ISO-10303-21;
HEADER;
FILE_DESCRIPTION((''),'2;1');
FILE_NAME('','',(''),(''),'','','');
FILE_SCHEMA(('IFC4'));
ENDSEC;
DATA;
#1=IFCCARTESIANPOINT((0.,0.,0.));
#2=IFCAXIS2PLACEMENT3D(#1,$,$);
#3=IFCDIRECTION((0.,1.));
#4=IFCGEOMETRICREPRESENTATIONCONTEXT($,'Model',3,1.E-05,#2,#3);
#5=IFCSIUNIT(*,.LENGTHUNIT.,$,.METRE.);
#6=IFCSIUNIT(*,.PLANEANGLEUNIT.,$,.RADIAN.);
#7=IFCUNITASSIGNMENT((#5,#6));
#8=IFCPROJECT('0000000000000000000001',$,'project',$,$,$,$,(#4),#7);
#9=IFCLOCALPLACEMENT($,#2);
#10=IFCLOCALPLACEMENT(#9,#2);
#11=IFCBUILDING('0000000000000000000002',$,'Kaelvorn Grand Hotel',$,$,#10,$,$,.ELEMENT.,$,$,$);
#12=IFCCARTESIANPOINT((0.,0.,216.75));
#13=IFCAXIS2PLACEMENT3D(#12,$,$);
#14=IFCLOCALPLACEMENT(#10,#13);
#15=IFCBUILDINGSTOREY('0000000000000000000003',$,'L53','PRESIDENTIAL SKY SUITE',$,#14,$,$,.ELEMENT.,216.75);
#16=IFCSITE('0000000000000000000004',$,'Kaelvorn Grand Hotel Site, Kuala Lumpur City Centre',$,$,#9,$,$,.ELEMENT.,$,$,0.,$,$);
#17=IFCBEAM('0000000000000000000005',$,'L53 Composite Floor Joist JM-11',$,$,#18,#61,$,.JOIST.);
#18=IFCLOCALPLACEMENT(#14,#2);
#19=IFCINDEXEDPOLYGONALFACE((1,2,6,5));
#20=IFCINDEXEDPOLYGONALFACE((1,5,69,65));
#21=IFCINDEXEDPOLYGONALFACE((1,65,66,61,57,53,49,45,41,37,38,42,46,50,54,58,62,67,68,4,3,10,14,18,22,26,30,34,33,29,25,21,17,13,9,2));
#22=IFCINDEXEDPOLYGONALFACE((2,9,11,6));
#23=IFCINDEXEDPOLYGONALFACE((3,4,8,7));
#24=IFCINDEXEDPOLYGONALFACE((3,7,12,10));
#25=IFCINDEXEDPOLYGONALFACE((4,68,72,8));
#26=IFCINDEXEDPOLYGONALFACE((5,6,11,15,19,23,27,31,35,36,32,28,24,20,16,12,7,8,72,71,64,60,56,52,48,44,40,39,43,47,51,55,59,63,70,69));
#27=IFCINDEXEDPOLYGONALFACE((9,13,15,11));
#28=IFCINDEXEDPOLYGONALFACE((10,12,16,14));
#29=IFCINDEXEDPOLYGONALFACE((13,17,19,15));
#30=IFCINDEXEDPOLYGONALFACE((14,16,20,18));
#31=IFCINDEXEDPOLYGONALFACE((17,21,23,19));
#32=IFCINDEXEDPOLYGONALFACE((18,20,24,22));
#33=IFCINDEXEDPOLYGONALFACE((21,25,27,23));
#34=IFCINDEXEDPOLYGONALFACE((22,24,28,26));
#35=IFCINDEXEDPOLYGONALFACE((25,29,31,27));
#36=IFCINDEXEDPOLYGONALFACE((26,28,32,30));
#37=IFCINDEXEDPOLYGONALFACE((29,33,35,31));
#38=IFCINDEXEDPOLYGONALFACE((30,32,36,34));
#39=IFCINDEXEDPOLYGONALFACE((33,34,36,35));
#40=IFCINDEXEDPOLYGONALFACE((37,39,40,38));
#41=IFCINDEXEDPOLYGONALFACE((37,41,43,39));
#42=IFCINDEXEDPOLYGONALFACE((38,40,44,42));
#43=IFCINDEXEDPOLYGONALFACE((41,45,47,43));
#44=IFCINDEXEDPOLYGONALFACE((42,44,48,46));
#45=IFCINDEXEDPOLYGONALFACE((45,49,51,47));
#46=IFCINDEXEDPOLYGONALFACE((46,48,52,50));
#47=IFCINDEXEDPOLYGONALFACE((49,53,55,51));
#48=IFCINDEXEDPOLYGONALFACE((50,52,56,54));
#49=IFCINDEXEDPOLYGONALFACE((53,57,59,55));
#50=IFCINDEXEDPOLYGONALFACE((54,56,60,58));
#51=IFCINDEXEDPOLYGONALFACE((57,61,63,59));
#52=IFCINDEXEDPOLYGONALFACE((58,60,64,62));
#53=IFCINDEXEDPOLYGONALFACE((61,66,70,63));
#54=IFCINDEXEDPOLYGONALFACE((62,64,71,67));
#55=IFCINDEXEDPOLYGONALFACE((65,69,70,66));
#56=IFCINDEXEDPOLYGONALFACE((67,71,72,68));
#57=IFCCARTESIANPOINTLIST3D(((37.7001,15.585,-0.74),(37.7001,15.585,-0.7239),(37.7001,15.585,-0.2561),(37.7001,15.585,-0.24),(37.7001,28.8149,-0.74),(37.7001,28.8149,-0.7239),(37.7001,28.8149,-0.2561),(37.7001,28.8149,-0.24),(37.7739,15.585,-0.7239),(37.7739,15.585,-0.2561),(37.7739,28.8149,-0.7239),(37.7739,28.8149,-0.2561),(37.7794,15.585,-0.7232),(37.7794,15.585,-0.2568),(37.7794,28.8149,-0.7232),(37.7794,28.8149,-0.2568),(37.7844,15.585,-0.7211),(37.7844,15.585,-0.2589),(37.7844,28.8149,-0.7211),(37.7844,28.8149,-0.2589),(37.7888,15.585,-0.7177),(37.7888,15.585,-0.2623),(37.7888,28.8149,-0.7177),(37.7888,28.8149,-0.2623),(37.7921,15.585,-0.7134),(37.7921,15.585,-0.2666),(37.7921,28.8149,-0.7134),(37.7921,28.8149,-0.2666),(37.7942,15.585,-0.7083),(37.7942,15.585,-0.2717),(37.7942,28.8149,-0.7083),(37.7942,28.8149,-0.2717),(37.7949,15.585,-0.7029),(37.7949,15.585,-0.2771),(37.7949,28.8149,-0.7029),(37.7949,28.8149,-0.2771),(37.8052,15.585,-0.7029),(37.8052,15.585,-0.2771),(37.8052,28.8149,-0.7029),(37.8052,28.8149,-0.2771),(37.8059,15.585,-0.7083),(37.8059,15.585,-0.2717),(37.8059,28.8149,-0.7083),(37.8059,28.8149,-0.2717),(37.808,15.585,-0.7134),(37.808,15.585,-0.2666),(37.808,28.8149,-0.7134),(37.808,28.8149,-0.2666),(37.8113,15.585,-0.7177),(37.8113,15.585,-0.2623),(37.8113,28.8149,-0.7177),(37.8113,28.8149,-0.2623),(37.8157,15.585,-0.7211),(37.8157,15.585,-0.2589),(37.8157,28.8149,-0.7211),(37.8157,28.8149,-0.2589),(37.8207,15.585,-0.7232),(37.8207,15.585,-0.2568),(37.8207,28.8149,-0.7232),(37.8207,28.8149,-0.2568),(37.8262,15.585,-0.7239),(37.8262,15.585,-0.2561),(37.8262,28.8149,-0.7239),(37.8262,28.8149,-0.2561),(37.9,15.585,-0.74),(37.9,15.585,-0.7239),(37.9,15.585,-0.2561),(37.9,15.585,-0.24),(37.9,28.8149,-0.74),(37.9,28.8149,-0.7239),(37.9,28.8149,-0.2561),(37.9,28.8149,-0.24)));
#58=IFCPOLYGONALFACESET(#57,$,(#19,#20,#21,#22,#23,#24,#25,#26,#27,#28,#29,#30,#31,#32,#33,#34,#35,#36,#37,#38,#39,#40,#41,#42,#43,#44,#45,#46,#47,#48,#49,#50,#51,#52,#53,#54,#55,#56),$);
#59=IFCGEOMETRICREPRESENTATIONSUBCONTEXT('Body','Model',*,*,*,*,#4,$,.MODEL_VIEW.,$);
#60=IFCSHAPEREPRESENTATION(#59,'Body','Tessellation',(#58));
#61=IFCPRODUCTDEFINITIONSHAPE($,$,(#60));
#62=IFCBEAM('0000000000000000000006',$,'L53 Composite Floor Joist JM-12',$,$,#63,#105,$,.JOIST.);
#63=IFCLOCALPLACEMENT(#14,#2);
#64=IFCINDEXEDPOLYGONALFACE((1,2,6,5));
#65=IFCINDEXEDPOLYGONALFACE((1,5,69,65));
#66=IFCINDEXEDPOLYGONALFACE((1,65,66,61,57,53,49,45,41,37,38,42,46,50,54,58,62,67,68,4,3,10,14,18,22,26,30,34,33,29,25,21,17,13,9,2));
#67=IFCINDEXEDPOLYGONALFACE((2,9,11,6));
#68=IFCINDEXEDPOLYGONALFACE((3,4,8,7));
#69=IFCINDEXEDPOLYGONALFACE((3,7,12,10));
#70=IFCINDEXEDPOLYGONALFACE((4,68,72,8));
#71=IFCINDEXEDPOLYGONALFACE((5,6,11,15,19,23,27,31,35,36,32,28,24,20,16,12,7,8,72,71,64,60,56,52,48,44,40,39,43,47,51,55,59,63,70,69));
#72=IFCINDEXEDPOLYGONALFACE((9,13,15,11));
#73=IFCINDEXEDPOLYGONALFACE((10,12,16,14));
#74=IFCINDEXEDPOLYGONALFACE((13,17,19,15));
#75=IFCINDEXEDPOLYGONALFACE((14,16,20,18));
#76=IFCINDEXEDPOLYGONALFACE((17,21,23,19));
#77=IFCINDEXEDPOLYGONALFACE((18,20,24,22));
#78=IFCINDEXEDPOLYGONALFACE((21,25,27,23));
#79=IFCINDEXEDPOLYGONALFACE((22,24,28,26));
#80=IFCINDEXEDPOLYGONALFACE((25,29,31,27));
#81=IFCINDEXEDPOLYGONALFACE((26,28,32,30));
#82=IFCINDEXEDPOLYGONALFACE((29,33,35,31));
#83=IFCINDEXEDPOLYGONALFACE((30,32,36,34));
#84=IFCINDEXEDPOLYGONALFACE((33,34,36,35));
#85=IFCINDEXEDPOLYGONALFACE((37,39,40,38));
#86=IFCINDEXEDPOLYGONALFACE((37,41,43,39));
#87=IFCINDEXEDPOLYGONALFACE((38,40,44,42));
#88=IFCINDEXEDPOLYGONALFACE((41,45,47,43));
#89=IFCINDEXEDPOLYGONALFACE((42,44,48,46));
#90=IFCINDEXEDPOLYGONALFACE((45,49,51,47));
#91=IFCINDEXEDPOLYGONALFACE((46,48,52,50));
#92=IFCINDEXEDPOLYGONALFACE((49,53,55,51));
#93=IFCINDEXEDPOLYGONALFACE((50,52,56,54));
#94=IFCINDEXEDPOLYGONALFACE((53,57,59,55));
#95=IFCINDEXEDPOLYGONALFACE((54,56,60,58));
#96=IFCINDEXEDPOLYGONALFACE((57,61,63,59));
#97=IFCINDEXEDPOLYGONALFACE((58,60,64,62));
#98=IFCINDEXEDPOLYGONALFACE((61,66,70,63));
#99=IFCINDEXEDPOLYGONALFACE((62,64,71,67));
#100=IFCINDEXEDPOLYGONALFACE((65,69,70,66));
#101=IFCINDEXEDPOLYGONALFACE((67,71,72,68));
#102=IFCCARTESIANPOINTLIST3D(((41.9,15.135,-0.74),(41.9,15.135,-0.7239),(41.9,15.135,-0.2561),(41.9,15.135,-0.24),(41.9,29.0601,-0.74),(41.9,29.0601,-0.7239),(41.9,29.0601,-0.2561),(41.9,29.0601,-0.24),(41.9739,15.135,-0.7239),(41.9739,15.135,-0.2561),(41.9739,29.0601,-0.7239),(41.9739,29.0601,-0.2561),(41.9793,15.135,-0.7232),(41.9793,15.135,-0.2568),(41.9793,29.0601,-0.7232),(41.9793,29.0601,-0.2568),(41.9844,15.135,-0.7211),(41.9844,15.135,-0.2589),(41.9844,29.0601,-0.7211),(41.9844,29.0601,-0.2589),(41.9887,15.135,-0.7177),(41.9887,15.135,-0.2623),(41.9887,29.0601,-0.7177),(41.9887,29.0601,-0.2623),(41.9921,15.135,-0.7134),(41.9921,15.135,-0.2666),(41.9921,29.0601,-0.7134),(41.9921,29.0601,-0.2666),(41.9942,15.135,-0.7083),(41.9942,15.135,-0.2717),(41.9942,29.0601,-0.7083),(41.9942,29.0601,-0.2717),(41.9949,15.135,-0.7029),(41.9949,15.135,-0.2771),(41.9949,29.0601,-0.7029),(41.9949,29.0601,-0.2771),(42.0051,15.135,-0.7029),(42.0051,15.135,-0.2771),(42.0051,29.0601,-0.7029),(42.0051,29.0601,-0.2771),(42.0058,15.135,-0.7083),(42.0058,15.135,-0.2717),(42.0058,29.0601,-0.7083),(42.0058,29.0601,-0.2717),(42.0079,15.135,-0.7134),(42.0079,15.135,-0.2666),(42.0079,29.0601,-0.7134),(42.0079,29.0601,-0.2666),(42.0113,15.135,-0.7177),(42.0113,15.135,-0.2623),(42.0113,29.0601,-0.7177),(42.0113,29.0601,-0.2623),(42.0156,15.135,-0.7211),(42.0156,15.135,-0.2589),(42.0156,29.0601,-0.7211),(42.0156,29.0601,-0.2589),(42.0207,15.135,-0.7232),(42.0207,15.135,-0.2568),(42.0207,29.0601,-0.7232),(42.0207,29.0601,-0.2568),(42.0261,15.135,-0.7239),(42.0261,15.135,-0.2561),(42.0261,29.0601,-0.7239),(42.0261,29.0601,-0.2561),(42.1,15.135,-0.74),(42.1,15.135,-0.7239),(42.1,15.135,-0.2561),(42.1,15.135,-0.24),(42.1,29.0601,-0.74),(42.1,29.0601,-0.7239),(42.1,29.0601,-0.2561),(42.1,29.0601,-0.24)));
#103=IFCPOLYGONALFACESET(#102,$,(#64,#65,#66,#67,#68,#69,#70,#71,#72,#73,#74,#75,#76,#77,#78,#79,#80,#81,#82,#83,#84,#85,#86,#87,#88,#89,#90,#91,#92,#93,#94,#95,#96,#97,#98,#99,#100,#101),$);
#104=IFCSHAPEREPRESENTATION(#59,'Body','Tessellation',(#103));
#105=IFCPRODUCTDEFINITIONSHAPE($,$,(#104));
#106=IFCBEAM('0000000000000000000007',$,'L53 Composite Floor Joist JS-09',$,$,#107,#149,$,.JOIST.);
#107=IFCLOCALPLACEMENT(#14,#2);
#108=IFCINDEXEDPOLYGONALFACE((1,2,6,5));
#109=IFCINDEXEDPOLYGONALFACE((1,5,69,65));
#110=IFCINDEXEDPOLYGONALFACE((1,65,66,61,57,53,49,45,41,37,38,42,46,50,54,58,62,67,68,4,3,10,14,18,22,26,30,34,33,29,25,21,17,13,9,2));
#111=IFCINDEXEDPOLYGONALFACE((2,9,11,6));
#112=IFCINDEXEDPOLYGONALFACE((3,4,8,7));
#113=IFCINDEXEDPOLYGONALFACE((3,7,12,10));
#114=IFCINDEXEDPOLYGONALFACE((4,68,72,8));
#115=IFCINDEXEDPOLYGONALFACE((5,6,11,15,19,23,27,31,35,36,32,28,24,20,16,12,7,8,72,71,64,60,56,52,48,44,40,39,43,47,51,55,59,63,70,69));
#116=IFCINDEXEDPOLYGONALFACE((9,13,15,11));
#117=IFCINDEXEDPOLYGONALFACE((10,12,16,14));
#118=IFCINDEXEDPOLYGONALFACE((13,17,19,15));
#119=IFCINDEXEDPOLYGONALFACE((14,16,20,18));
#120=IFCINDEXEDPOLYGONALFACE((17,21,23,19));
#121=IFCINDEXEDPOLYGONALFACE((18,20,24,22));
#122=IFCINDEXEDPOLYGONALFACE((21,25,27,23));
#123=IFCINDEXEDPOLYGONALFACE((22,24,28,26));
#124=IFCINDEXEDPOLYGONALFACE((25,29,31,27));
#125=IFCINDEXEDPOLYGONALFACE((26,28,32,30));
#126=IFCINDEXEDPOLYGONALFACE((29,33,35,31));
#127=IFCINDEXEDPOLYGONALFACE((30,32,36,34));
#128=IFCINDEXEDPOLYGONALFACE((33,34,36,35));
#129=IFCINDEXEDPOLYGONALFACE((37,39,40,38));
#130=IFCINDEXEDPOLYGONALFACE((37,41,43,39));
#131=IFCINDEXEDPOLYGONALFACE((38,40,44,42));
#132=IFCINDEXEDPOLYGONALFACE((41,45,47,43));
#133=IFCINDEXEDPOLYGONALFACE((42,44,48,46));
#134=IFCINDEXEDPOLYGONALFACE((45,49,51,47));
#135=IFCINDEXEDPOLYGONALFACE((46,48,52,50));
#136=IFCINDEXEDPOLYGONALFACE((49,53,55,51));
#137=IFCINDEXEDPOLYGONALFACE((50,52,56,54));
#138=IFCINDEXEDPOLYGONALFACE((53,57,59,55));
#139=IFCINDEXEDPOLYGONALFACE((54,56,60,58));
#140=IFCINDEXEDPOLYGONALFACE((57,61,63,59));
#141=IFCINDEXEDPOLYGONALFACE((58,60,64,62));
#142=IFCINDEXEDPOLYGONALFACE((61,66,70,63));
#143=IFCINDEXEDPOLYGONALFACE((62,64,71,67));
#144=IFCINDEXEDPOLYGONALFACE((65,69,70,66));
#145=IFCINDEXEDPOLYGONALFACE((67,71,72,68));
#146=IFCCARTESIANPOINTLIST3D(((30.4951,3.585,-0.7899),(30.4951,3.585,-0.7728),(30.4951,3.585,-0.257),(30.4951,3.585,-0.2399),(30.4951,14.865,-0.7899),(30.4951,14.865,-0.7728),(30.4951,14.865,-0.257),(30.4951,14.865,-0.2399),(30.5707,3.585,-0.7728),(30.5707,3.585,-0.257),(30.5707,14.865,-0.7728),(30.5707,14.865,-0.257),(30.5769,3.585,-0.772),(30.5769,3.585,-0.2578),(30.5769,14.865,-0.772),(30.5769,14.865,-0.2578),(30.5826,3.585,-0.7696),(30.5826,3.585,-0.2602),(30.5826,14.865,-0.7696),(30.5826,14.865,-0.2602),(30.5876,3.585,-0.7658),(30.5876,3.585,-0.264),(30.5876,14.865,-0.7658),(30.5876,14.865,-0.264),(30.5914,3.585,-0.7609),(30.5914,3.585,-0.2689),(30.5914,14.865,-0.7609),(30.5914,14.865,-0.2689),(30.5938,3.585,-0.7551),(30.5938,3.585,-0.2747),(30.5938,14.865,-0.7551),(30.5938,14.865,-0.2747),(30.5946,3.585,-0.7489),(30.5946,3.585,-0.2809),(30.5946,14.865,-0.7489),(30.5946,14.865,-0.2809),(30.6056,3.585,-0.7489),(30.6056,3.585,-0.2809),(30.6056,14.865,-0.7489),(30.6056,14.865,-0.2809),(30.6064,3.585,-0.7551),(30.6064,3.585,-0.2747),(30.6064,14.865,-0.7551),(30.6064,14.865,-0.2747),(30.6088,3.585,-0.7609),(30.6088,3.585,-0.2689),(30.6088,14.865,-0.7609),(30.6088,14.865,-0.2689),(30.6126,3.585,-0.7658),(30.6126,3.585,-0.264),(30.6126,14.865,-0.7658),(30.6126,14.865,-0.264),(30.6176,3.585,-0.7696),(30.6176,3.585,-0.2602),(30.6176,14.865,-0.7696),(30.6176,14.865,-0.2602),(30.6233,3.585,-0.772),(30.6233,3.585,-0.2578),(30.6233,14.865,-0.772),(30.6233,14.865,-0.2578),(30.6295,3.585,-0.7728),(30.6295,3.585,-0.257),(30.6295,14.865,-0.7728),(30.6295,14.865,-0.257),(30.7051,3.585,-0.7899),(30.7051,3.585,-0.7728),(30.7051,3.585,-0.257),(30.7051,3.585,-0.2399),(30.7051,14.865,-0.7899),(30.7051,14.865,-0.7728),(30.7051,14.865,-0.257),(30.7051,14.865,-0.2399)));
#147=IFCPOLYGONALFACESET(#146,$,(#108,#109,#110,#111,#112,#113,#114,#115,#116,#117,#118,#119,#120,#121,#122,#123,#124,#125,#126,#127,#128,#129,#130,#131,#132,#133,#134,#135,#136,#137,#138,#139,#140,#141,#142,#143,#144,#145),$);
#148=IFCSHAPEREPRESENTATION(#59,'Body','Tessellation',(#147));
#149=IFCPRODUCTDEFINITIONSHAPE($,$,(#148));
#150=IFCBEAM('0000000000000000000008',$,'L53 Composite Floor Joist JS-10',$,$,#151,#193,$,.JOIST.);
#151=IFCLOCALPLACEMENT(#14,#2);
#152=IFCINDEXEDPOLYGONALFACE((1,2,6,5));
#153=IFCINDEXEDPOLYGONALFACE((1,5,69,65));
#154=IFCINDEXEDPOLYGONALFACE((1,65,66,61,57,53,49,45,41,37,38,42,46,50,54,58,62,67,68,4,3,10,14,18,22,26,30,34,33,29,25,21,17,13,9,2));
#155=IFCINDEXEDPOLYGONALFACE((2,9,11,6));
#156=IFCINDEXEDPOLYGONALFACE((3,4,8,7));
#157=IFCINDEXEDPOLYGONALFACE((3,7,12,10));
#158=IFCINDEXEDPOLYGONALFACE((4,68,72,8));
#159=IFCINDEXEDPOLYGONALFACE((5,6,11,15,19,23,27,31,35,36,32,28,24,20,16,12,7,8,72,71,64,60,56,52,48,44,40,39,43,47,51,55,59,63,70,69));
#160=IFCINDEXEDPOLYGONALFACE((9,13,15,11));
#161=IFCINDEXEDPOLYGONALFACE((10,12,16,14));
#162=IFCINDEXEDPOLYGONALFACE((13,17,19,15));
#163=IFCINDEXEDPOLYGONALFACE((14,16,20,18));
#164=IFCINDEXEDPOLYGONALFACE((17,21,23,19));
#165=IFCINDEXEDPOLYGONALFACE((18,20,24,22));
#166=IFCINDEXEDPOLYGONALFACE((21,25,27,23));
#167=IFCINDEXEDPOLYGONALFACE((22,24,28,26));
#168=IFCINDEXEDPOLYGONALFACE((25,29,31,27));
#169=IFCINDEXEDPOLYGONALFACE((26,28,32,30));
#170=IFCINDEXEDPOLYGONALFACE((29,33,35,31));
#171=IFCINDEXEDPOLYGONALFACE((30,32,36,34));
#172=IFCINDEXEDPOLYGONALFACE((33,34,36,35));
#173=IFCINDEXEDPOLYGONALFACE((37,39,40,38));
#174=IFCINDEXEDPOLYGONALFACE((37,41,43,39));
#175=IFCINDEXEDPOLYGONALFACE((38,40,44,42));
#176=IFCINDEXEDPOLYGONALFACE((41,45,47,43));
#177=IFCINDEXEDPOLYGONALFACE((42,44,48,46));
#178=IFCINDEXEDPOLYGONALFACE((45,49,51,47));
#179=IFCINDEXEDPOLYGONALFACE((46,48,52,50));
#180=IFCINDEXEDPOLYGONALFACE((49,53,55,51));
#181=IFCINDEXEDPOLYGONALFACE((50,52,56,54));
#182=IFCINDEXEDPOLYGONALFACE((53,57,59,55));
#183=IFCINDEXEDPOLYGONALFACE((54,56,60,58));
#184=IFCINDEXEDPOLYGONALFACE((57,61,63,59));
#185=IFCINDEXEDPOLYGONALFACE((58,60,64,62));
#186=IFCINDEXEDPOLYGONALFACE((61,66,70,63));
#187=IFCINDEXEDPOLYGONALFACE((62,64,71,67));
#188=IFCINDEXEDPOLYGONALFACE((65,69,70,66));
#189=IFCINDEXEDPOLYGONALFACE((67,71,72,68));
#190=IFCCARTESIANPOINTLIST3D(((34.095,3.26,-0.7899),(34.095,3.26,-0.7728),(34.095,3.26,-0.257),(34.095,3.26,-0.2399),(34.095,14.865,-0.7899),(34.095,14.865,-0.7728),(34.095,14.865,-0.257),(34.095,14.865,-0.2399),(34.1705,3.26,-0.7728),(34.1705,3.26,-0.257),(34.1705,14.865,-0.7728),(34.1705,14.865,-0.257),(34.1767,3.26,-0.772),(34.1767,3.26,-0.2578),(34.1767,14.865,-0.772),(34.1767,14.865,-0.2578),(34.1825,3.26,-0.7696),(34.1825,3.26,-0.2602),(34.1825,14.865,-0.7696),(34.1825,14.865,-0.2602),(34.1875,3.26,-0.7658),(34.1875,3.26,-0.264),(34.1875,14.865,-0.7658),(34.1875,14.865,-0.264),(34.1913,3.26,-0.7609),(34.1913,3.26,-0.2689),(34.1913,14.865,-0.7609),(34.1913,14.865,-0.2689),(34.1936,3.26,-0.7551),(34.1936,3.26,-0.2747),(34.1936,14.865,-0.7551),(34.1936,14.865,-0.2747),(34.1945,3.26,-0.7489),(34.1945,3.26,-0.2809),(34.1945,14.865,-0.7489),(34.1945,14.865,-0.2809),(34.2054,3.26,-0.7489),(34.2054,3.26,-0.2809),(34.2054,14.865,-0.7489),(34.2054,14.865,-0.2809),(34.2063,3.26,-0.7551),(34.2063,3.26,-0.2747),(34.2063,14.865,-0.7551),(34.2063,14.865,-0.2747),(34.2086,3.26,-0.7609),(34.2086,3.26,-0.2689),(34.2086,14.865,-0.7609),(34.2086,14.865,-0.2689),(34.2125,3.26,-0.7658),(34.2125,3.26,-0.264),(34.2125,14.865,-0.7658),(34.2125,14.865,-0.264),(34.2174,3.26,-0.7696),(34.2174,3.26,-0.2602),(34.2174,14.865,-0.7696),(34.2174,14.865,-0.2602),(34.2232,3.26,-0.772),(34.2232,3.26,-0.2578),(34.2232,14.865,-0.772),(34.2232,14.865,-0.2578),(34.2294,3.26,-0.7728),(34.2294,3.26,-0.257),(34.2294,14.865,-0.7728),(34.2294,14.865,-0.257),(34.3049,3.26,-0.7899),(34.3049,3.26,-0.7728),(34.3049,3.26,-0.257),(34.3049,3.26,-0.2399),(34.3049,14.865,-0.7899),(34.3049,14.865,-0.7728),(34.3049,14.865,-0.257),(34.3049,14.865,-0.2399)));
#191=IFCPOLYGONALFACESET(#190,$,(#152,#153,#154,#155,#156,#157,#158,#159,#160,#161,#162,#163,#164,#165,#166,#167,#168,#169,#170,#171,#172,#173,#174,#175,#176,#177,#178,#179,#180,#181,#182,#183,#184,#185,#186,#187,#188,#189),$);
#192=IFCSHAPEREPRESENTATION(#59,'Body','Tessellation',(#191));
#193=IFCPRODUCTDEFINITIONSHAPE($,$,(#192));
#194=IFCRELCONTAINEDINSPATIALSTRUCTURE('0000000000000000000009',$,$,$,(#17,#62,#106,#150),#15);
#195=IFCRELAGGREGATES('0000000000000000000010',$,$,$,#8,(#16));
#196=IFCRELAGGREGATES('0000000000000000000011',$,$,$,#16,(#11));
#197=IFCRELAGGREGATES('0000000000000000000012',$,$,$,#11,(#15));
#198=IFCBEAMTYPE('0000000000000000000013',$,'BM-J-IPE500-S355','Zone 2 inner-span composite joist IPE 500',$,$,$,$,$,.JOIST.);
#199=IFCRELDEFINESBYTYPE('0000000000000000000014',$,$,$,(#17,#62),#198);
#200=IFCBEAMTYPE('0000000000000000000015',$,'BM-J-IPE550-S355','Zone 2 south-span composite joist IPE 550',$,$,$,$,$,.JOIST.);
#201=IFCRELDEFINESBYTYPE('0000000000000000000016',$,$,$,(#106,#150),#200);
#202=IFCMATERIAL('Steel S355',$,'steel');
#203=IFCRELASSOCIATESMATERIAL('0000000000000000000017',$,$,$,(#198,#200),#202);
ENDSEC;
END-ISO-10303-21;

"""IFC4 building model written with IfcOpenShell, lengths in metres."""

from ifc_helpers import new_model, si_unit, direction, frame, origin, origin_2d, place, context, subcontext, project, spatial, i_section, extrude, material, material_profile, profile_set, type_object, element, save


model = new_model("IFC4")

# Units and contexts
model_context = context("Model", 3, precision=1e-05, world=origin(), true_north=direction((0.0, 1.0)))
body_context = subcontext(model_context, "Body", "Model", "MODEL_VIEW")
ifc_project = project(units=[si_unit("LENGTHUNIT", "METRE"), si_unit("PLANEANGLEUNIT", "RADIAN")], contexts=[model_context])

# Site, building, storey
site_placement = place(None, origin())
site = spatial("IfcSite", under=ifc_project, at=site_placement, Name="Kaelvorn Grand Hotel Site, Kuala Lumpur City Centre", CompositionType="ELEMENT", RefElevation=0.0)
building_placement = place(site_placement, origin())
building = spatial("IfcBuilding", under=site, at=building_placement, Name="Kaelvorn Grand Hotel", CompositionType="ELEMENT")
storey_placement = place(building_placement, frame((0.0, 0.0, 216.75)))
storey = spatial("IfcBuildingStorey", under=building, at=storey_placement, Name="L53", Description="PRESIDENTIAL SKY SUITE", CompositionType="ELEMENT", Elevation=216.75)

# Beams
ifc_material_1 = material(Name="Steel S355", Category="steel")
ifc_material_profile_1 = material_profile(ifc_material_1, i_section(OverallWidth=0.2, OverallDepth=0.5, WebThickness=0.0103, FlangeThickness=0.0161, FilletRadius=0.021, at=origin_2d()), Name="IPE 500")
ifc_profile_set_1 = profile_set([ifc_material_profile_1], Name="Steel S355")
beam_type_1 = type_object("IfcBeamType", Name="BM-J-IPE500-S355", Description="Zone 2 inner-span composite joist IPE 500", PredefinedType="JOIST", material=ifc_profile_set_1)
beam_1_placement = place(storey_placement, frame((37.8, 15.585, -0.49), z_axis=(0.0, 1.0, 0.0), x_axis=(-1.0, 0.0, 0.0)))
element("IfcBeam", 1, at=beam_1_placement, inside=storey, type_object=beam_type_1, Name="L53 Composite Floor Joist JM-11", PredefinedType="JOIST", context=body_context, shape_type="SweptSolid", body=[
    extrude(i_section(OverallWidth=0.2, OverallDepth=0.5, WebThickness=0.0103, FlangeThickness=0.0161, FilletRadius=0.021, at=origin_2d()), origin(), (0.0, 0.0, 1.0), 13.23),
])
beam_2_placement = place(storey_placement, frame((42.0, 15.135, -0.49), z_axis=(0.0, 1.0, 0.0), x_axis=(-1.0, 0.0, 0.0)))
element("IfcBeam", 2, at=beam_2_placement, inside=storey, type_object=beam_type_1, Name="L53 Composite Floor Joist JM-12", PredefinedType="JOIST", context=body_context, shape_type="SweptSolid", body=[
    extrude(i_section(OverallWidth=0.2, OverallDepth=0.5, WebThickness=0.0103, FlangeThickness=0.0161, FilletRadius=0.021, at=origin_2d()), origin(), (0.0, 0.0, 1.0), 13.925),
])
ifc_material_profile_2 = material_profile(ifc_material_1, i_section(OverallWidth=0.21, OverallDepth=0.55, WebThickness=0.011, FlangeThickness=0.0171, FilletRadius=0.0239, at=origin_2d()), Name="IPE 550")
ifc_profile_set_2 = profile_set([ifc_material_profile_2], Name="Steel S355")
beam_type_2 = type_object("IfcBeamType", Name="BM-J-IPE550-S355", Description="Zone 2 south-span composite joist IPE 550", PredefinedType="JOIST", material=ifc_profile_set_2)
beam_3_placement = place(storey_placement, frame((30.6001, 3.585, -0.5149), z_axis=(0.0, 1.0, 0.0), x_axis=(-1.0, 0.0, 0.0)))
element("IfcBeam", 3, at=beam_3_placement, inside=storey, type_object=beam_type_2, Name="L53 Composite Floor Joist JS-09", PredefinedType="JOIST", context=body_context, shape_type="SweptSolid", body=[
    extrude(i_section(OverallWidth=0.21, OverallDepth=0.55, WebThickness=0.011, FlangeThickness=0.0171, FilletRadius=0.0239, at=origin_2d()), origin(), (0.0, 0.0, 1.0), 11.28),
])
beam_4_placement = place(storey_placement, frame((34.2, 3.26, -0.5149), z_axis=(0.0, 1.0, 0.0), x_axis=(-1.0, 0.0, 0.0)))
element("IfcBeam", 4, at=beam_4_placement, inside=storey, type_object=beam_type_2, Name="L53 Composite Floor Joist JS-10", PredefinedType="JOIST", context=body_context, shape_type="SweptSolid", body=[
    extrude(i_section(OverallWidth=0.21, OverallDepth=0.55, WebThickness=0.011, FlangeThickness=0.0171, FilletRadius=0.0239, at=origin_2d()), origin(), (0.0, 0.0, 1.0), 11.605),
])

save(model, "model.ifc")
